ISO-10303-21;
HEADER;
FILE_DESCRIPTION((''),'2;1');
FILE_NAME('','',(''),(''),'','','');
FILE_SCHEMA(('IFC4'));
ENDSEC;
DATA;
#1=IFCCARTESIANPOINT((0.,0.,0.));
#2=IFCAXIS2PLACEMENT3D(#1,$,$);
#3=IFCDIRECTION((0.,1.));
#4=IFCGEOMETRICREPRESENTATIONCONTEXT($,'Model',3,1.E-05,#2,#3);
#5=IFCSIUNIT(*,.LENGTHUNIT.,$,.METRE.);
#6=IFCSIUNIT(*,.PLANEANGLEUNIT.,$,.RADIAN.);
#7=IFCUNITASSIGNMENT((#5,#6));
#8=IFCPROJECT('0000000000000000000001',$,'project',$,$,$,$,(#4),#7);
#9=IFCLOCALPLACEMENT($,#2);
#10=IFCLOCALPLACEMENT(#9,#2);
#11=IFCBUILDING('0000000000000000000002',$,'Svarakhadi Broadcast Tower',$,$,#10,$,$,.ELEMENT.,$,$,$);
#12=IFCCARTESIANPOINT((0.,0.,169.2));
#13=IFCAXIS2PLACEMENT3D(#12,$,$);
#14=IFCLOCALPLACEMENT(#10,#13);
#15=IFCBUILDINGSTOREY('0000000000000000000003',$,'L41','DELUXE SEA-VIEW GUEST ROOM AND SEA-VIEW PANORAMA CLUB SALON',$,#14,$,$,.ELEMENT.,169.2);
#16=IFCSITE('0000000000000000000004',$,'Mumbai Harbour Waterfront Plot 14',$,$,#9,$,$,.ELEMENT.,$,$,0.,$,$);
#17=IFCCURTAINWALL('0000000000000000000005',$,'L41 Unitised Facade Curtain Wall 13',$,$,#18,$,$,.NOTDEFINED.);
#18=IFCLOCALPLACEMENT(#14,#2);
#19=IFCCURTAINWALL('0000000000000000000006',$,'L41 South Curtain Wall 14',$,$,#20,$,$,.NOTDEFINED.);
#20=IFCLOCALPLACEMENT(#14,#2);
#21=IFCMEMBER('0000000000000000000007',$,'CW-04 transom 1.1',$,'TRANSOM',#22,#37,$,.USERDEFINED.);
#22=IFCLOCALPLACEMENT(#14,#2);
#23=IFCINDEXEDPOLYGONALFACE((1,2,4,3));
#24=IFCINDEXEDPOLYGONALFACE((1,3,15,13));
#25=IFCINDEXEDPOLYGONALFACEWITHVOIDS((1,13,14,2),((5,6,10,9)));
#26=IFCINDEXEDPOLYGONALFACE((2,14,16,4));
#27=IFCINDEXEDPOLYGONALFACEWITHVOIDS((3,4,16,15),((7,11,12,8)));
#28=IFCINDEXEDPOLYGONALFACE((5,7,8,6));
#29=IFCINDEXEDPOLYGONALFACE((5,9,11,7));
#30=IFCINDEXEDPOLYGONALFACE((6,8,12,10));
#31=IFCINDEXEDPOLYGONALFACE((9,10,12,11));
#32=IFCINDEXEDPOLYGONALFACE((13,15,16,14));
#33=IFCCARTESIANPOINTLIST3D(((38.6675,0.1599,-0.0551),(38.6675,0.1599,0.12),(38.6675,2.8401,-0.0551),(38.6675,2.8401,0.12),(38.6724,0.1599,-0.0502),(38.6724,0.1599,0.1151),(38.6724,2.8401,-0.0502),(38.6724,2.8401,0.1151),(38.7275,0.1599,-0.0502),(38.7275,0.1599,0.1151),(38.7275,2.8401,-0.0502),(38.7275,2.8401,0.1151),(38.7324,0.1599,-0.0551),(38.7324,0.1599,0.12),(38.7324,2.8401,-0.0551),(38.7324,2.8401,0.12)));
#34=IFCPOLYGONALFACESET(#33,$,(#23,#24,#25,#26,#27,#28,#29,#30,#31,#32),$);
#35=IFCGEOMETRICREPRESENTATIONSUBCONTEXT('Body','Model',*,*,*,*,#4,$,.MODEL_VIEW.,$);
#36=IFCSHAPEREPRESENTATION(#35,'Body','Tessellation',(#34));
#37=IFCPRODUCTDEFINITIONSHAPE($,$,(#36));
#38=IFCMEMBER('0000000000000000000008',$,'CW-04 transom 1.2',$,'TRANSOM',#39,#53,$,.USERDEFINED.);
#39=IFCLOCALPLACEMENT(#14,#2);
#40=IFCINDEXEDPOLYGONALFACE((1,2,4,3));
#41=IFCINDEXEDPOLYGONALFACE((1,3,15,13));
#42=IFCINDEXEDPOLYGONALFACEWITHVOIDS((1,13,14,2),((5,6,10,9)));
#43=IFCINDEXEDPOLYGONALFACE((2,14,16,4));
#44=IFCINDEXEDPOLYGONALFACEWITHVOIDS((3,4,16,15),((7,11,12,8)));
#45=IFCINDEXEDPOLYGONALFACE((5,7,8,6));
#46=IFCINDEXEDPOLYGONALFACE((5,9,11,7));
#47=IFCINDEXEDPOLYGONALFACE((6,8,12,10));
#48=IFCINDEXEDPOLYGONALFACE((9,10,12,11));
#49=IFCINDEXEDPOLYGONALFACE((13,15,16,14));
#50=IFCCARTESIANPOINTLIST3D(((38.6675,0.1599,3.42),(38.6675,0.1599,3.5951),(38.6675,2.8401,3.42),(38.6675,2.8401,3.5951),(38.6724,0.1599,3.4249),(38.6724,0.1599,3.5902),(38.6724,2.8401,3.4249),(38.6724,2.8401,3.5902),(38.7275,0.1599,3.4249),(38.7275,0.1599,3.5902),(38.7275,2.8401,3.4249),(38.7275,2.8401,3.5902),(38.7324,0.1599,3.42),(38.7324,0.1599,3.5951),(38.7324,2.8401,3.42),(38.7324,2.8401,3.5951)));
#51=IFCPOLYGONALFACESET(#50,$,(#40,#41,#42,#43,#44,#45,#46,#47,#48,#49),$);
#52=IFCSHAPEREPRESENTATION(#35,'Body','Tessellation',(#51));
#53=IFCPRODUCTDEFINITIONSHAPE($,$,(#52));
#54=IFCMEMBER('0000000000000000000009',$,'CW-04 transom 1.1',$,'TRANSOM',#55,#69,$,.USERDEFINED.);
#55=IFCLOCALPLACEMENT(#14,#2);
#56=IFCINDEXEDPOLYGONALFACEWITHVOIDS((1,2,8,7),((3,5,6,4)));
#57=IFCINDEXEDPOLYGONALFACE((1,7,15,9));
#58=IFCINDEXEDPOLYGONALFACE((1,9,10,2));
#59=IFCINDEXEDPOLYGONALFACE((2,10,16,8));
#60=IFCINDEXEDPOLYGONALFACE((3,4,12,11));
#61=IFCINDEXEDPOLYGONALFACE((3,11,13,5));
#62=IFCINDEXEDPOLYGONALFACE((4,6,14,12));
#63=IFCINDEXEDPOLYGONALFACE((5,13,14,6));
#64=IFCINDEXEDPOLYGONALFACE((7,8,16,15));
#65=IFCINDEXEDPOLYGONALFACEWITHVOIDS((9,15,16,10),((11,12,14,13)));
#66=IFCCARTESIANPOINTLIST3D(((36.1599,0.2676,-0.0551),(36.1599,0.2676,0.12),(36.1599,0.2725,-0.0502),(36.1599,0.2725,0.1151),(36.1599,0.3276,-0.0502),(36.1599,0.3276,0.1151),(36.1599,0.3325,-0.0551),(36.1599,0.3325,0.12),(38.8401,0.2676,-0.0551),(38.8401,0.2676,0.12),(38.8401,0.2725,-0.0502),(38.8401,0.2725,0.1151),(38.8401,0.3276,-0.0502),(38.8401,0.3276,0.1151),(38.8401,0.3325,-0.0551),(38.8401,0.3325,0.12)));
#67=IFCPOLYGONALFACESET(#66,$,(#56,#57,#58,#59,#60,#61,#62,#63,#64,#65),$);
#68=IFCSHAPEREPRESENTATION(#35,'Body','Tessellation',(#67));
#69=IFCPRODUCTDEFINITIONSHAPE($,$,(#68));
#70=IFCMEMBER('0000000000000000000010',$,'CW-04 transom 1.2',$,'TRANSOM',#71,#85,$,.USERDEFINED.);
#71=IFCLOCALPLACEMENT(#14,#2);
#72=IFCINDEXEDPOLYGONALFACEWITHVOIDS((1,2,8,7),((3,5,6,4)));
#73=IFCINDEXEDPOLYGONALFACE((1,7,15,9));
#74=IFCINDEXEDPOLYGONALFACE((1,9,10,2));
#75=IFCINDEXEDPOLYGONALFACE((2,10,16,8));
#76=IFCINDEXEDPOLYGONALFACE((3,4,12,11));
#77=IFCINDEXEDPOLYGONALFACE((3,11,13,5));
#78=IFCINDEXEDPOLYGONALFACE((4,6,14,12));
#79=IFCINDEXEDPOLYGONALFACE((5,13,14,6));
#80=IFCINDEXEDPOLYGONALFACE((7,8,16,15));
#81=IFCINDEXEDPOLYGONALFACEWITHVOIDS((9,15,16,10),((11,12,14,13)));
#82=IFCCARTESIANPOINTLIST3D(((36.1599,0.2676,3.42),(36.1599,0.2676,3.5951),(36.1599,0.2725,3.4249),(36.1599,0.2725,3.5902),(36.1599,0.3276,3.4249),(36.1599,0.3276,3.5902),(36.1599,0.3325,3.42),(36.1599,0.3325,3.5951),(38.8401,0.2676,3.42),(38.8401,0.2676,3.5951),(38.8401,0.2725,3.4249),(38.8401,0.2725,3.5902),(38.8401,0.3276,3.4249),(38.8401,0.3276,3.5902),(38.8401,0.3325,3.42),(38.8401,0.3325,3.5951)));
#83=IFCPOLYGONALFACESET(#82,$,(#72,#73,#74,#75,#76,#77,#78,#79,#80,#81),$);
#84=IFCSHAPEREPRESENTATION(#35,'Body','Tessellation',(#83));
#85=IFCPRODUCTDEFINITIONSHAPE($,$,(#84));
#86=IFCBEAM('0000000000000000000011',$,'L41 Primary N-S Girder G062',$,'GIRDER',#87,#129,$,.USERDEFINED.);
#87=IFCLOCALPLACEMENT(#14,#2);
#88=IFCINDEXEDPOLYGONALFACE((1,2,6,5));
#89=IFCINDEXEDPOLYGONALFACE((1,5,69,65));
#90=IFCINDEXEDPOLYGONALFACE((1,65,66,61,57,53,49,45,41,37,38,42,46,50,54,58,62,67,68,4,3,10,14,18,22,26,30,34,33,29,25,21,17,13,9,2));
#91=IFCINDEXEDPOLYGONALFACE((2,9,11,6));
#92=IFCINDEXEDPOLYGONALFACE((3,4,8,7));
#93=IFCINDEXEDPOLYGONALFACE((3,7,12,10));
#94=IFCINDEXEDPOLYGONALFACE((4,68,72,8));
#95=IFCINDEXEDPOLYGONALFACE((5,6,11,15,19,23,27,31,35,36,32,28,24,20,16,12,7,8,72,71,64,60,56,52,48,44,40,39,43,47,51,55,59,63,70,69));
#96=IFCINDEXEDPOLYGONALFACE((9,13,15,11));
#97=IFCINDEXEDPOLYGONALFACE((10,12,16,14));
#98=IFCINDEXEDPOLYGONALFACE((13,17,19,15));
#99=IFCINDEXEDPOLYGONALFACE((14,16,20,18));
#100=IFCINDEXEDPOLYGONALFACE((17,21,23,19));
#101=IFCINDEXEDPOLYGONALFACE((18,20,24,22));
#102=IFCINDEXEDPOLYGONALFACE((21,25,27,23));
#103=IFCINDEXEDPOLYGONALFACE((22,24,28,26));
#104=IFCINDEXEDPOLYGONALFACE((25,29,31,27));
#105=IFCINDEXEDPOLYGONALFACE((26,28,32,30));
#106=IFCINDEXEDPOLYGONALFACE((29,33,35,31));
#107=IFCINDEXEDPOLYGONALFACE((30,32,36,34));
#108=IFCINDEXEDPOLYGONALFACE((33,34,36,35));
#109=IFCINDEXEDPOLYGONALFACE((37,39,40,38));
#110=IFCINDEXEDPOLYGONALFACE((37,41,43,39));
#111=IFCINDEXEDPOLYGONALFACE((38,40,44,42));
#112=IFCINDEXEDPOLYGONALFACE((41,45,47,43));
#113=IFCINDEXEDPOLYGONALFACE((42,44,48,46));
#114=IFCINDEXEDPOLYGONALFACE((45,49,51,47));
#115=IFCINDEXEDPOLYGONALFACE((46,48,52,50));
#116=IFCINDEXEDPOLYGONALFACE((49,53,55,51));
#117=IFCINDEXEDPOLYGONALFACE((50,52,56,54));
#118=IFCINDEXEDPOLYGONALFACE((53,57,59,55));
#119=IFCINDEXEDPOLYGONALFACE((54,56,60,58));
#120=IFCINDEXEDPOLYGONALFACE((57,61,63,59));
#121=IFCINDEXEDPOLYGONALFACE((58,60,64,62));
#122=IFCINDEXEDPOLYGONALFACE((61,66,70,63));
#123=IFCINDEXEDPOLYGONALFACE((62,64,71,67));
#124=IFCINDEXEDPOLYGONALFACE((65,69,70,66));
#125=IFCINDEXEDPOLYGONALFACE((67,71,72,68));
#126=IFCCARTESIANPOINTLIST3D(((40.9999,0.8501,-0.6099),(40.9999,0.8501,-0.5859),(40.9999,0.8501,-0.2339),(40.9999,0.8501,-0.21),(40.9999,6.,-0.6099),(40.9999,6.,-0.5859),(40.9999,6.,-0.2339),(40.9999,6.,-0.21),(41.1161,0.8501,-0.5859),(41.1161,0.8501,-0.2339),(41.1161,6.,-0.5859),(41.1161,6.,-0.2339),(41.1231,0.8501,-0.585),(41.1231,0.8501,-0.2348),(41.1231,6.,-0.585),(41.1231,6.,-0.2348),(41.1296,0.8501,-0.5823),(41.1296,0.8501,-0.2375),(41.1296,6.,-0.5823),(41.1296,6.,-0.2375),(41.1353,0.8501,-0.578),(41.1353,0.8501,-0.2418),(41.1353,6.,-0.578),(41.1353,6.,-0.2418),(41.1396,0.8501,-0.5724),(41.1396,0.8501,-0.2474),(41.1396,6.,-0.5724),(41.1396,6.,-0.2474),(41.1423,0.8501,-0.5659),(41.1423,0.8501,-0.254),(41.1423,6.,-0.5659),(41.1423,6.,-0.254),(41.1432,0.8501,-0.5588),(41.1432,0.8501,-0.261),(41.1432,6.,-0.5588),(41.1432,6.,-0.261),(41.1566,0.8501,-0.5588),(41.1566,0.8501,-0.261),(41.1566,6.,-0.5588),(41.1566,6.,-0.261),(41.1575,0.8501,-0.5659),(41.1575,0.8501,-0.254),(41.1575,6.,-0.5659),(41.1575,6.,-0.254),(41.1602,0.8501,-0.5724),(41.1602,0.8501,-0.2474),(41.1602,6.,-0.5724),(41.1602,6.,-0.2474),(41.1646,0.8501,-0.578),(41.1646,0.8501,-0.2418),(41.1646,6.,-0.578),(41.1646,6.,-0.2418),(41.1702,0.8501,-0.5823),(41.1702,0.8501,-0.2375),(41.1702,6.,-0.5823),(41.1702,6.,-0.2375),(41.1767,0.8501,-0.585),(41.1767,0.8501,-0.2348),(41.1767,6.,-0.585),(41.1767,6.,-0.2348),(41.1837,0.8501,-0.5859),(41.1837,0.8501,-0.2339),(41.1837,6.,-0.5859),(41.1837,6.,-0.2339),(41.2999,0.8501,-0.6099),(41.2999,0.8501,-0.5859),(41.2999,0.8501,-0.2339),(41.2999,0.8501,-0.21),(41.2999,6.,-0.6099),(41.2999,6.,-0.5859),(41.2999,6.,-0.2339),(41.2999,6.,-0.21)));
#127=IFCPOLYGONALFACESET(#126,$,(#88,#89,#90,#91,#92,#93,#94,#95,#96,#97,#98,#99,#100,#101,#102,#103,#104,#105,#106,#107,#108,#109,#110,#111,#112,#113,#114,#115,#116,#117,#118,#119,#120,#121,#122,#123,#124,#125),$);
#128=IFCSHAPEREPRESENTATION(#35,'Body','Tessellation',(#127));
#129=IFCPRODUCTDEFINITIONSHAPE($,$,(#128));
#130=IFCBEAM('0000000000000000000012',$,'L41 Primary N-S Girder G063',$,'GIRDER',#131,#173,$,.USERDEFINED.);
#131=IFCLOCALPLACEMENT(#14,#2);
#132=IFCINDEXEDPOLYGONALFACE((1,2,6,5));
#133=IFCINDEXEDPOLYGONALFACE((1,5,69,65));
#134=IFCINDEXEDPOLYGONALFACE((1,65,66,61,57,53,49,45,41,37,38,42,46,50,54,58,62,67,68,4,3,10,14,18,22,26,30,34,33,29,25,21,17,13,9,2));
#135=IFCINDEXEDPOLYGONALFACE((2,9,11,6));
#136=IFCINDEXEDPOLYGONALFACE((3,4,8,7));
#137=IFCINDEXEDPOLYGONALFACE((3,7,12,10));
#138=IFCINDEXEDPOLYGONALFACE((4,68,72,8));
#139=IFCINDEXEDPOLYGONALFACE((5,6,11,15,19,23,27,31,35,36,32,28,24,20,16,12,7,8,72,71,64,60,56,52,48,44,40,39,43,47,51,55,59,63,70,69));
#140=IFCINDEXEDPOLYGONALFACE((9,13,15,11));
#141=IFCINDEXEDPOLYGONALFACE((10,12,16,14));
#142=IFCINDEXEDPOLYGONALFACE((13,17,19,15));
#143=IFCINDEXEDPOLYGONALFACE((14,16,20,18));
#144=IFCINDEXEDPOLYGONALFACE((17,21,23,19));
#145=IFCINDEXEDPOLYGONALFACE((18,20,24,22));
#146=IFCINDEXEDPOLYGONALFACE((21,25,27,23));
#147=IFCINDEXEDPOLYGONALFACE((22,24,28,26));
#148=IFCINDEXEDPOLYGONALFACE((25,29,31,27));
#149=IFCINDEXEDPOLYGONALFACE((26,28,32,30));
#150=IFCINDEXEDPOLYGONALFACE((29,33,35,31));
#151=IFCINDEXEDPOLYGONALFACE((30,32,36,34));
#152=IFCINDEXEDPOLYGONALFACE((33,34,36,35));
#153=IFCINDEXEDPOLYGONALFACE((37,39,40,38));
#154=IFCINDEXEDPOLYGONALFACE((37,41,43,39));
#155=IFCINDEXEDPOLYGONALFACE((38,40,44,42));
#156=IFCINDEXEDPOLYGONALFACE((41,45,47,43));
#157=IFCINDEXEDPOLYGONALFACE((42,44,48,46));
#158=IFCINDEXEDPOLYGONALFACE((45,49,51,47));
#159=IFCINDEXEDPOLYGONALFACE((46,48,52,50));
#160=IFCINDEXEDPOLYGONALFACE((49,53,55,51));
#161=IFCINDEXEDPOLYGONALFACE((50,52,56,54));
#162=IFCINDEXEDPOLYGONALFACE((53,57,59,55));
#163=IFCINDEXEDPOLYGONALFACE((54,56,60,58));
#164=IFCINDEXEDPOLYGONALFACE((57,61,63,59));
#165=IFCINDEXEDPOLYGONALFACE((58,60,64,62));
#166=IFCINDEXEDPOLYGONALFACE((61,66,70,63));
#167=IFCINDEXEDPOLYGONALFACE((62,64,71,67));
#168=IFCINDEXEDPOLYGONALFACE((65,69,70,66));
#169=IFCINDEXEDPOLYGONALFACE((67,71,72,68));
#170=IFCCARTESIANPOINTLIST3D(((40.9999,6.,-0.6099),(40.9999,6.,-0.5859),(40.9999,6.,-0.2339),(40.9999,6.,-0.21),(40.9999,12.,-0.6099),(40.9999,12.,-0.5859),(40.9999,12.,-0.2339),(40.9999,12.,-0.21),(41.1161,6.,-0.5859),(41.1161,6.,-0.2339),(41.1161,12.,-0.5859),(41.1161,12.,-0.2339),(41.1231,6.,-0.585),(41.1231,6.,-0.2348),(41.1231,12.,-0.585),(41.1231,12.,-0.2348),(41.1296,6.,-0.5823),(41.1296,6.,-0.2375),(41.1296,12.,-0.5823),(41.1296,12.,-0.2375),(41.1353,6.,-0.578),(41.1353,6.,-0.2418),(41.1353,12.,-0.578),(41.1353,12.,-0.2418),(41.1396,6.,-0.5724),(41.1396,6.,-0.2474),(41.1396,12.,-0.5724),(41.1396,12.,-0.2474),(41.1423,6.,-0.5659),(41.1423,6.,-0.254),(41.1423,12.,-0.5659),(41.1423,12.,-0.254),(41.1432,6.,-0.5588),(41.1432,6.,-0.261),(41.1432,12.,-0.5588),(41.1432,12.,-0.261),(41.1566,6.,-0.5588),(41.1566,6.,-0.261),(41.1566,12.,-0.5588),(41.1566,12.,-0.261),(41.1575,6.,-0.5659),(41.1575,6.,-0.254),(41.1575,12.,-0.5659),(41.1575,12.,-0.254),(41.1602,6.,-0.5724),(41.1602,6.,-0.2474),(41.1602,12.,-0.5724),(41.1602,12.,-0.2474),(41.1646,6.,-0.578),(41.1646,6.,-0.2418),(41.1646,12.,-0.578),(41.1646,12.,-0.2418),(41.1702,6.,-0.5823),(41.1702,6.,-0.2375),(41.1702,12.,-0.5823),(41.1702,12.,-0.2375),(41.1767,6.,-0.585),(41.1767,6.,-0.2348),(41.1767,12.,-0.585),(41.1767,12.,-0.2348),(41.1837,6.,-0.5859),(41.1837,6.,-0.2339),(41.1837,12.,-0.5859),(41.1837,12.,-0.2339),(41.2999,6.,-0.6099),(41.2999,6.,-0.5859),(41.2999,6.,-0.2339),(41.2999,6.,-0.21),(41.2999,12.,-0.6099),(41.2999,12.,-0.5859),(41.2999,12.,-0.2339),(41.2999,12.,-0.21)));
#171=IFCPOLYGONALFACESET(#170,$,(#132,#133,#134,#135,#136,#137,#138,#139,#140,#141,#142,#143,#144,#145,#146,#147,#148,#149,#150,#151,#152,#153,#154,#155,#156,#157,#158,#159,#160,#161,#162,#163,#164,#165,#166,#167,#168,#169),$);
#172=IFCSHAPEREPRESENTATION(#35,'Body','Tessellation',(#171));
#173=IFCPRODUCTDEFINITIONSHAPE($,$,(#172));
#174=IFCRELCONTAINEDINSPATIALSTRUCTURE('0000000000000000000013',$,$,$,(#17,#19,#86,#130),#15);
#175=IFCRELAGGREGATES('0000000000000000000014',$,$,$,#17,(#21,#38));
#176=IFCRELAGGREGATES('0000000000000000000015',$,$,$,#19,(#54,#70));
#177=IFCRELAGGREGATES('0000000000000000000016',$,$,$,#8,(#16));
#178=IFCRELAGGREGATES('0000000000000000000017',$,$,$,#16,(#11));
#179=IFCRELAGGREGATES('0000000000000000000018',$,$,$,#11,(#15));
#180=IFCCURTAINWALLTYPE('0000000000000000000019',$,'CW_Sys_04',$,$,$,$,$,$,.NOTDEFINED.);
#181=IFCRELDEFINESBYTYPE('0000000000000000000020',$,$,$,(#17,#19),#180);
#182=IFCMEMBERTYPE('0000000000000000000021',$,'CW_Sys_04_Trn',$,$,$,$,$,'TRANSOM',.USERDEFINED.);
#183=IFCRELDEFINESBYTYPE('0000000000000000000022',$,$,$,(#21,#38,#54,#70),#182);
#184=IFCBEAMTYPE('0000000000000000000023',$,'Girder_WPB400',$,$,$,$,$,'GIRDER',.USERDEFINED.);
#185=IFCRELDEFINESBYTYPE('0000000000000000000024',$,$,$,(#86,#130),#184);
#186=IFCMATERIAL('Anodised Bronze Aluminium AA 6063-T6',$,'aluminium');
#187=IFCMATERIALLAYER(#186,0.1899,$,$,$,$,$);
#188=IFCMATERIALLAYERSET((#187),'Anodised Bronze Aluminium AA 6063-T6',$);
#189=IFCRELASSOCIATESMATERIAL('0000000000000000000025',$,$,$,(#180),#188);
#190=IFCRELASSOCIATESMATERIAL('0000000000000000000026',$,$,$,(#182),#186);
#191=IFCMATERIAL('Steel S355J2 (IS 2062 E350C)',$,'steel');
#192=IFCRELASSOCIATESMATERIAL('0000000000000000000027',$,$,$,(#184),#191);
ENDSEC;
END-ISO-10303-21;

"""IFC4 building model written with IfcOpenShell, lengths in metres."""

from ifc_helpers import new_model, si_unit, direction, frame, origin, origin_2d, place, context, subcontext, project, spatial, hollow_rectangle, i_section, extrude, material, layer, layer_set, material_profile, profile_set, type_object, element, aggregate, save


model = new_model("IFC4")

# Units and contexts
model_context = context("Model", 3, precision=1e-05, world=origin(), true_north=direction((0.0, 1.0)))
body_context = subcontext(model_context, "Body", "Model", "MODEL_VIEW")
ifc_project = project(units=[si_unit("LENGTHUNIT", "METRE"), si_unit("PLANEANGLEUNIT", "RADIAN")], contexts=[model_context])

# Site, building, storey
site_placement = place(None, origin())
site = spatial("IfcSite", under=ifc_project, at=site_placement, Name="Mumbai Harbour Waterfront Plot 14", CompositionType="ELEMENT", RefElevation=0.0)
building_placement = place(site_placement, origin())
building = spatial("IfcBuilding", under=site, at=building_placement, Name="Svarakhadi Broadcast Tower", CompositionType="ELEMENT")
storey_placement = place(building_placement, frame((0.0, 0.0, 169.2)))
storey = spatial("IfcBuildingStorey", under=building, at=storey_placement, Name="L41", Description="DELUXE SEA-VIEW GUEST ROOM AND SEA-VIEW PANORAMA CLUB SALON", CompositionType="ELEMENT", Elevation=169.2)

# Curtain walls
ifc_material_1 = material(Name="Anodised Bronze Aluminium AA 6063-T6", Category="aluminium")
ifc_layer_1 = layer(ifc_material_1, 0.1899)
ifc_layer_set_1 = layer_set([ifc_layer_1], Name="Anodised Bronze Aluminium AA 6063-T6")
curtain_wall_type = type_object("IfcCurtainWallType", Name="CW_Sys_04", PredefinedType="NOTDEFINED", material=ifc_layer_set_1)
curtain_wall_1_placement = place(storey_placement, origin())
curtain_wall_1 = element("IfcCurtainWall", 1, at=curtain_wall_1_placement, inside=storey, type_object=curtain_wall_type, Name="L41 Unitised Facade Curtain Wall 13", PredefinedType="NOTDEFINED")
curtain_wall_2_placement = place(storey_placement, origin())
curtain_wall_2 = element("IfcCurtainWall", 2, at=curtain_wall_2_placement, inside=storey, type_object=curtain_wall_type, Name="L41 South Curtain Wall 14", PredefinedType="NOTDEFINED")

# Members
ifc_material_profile_1 = material_profile(ifc_material_1, hollow_rectangle(XDim=0.0649, YDim=0.175, WallThickness=0.0049, at=origin_2d()), Name="ALU TRANSOM 175x65x5")
ifc_profile_set_1 = profile_set([ifc_material_profile_1], Name="Anodised Bronze Aluminium AA 6063-T6")
member_type_1 = type_object("IfcMemberType", Name="CW_Sys_04_Trn", ElementType="TRANSOM", PredefinedType="USERDEFINED", material=ifc_profile_set_1)
member_1_placement = place(storey_placement, frame((38.7, 2.8401, 0.0325), z_axis=(0.0, -1.0, 0.0), x_axis=(1.0, 0.0, 0.0)))
member_1 = element("IfcMember", 3, at=member_1_placement, type_object=member_type_1, Name="CW-04 transom 1.1", ObjectType="TRANSOM", PredefinedType="USERDEFINED", context=body_context, shape_type="SweptSolid", body=[
    extrude(hollow_rectangle(XDim=0.0649, YDim=0.175, WallThickness=0.0049, at=origin_2d()), origin(), (0.0, 0.0, 1.0), 2.6802),
])
member_2_placement = place(storey_placement, frame((38.7, 2.8401, 3.5076), z_axis=(0.0, -1.0, 0.0), x_axis=(1.0, 0.0, 0.0)))
member_2 = element("IfcMember", 4, at=member_2_placement, type_object=member_type_1, Name="CW-04 transom 1.2", ObjectType="TRANSOM", PredefinedType="USERDEFINED", context=body_context, shape_type="SweptSolid", body=[
    extrude(hollow_rectangle(XDim=0.0649, YDim=0.175, WallThickness=0.0049, at=origin_2d()), origin(), (0.0, 0.0, 1.0), 2.6802),
])
member_3_placement = place(storey_placement, frame((38.8401, 0.3, 0.0325), z_axis=(-1.0, 0.0, 0.0), x_axis=(0.0, -1.0, 0.0)))
member_3 = element("IfcMember", 5, at=member_3_placement, type_object=member_type_1, Name="CW-04 transom 1.1", ObjectType="TRANSOM", PredefinedType="USERDEFINED", context=body_context, shape_type="SweptSolid", body=[
    extrude(hollow_rectangle(XDim=0.0649, YDim=0.175, WallThickness=0.0049, at=origin_2d()), origin(), (0.0, 0.0, 1.0), 2.6802),
])
member_4_placement = place(storey_placement, frame((38.8401, 0.3, 3.5076), z_axis=(-1.0, 0.0, 0.0), x_axis=(0.0, -1.0, 0.0)))
member_4 = element("IfcMember", 6, at=member_4_placement, type_object=member_type_1, Name="CW-04 transom 1.2", ObjectType="TRANSOM", PredefinedType="USERDEFINED", context=body_context, shape_type="SweptSolid", body=[
    extrude(hollow_rectangle(XDim=0.0649, YDim=0.175, WallThickness=0.0049, at=origin_2d()), origin(), (0.0, 0.0, 1.0), 2.6802),
])

# Beams
ifc_material_2 = material(Name="Steel S355J2 (IS 2062 E350C)", Category="steel")
ifc_material_profile_2 = material_profile(ifc_material_2, i_section(OverallWidth=0.3, OverallDepth=0.3999, WebThickness=0.0134, FlangeThickness=0.0239, FilletRadius=0.0271, at=origin_2d()), Name="WPB 400x300x155")
ifc_profile_set_2 = profile_set([ifc_material_profile_2], Name="Steel S355J2 (IS 2062 E350C)")
beam_type_1 = type_object("IfcBeamType", Name="Girder_WPB400", ElementType="GIRDER", PredefinedType="USERDEFINED", material=ifc_profile_set_2)
beam_1_placement = place(storey_placement, frame((41.1499, 0.8501, -0.4099), z_axis=(0.0, 1.0, 0.0), x_axis=(-1.0, 0.0, 0.0)))
element("IfcBeam", 7, at=beam_1_placement, inside=storey, type_object=beam_type_1, Name="L41 Primary N-S Girder G062", ObjectType="GIRDER", PredefinedType="USERDEFINED", context=body_context, shape_type="SweptSolid", body=[
    extrude(i_section(OverallWidth=0.3, OverallDepth=0.3999, WebThickness=0.0134, FlangeThickness=0.0239, FilletRadius=0.0271, at=origin_2d()), origin(), (0.0, 0.0, 1.0), 5.1499),
])
beam_2_placement = place(storey_placement, frame((41.1499, 6.0, -0.4099), z_axis=(0.0, 1.0, 0.0), x_axis=(-1.0, 0.0, 0.0)))
element("IfcBeam", 8, at=beam_2_placement, inside=storey, type_object=beam_type_1, Name="L41 Primary N-S Girder G063", ObjectType="GIRDER", PredefinedType="USERDEFINED", context=body_context, shape_type="SweptSolid", body=[
    extrude(i_section(OverallWidth=0.3, OverallDepth=0.3999, WebThickness=0.0134, FlangeThickness=0.0239, FilletRadius=0.0271, at=origin_2d()), origin(), (0.0, 0.0, 1.0), 6.0),
])

aggregate(curtain_wall_1, [member_1, member_2])
aggregate(curtain_wall_2, [member_3, member_4])

save(model, "model.ifc")
